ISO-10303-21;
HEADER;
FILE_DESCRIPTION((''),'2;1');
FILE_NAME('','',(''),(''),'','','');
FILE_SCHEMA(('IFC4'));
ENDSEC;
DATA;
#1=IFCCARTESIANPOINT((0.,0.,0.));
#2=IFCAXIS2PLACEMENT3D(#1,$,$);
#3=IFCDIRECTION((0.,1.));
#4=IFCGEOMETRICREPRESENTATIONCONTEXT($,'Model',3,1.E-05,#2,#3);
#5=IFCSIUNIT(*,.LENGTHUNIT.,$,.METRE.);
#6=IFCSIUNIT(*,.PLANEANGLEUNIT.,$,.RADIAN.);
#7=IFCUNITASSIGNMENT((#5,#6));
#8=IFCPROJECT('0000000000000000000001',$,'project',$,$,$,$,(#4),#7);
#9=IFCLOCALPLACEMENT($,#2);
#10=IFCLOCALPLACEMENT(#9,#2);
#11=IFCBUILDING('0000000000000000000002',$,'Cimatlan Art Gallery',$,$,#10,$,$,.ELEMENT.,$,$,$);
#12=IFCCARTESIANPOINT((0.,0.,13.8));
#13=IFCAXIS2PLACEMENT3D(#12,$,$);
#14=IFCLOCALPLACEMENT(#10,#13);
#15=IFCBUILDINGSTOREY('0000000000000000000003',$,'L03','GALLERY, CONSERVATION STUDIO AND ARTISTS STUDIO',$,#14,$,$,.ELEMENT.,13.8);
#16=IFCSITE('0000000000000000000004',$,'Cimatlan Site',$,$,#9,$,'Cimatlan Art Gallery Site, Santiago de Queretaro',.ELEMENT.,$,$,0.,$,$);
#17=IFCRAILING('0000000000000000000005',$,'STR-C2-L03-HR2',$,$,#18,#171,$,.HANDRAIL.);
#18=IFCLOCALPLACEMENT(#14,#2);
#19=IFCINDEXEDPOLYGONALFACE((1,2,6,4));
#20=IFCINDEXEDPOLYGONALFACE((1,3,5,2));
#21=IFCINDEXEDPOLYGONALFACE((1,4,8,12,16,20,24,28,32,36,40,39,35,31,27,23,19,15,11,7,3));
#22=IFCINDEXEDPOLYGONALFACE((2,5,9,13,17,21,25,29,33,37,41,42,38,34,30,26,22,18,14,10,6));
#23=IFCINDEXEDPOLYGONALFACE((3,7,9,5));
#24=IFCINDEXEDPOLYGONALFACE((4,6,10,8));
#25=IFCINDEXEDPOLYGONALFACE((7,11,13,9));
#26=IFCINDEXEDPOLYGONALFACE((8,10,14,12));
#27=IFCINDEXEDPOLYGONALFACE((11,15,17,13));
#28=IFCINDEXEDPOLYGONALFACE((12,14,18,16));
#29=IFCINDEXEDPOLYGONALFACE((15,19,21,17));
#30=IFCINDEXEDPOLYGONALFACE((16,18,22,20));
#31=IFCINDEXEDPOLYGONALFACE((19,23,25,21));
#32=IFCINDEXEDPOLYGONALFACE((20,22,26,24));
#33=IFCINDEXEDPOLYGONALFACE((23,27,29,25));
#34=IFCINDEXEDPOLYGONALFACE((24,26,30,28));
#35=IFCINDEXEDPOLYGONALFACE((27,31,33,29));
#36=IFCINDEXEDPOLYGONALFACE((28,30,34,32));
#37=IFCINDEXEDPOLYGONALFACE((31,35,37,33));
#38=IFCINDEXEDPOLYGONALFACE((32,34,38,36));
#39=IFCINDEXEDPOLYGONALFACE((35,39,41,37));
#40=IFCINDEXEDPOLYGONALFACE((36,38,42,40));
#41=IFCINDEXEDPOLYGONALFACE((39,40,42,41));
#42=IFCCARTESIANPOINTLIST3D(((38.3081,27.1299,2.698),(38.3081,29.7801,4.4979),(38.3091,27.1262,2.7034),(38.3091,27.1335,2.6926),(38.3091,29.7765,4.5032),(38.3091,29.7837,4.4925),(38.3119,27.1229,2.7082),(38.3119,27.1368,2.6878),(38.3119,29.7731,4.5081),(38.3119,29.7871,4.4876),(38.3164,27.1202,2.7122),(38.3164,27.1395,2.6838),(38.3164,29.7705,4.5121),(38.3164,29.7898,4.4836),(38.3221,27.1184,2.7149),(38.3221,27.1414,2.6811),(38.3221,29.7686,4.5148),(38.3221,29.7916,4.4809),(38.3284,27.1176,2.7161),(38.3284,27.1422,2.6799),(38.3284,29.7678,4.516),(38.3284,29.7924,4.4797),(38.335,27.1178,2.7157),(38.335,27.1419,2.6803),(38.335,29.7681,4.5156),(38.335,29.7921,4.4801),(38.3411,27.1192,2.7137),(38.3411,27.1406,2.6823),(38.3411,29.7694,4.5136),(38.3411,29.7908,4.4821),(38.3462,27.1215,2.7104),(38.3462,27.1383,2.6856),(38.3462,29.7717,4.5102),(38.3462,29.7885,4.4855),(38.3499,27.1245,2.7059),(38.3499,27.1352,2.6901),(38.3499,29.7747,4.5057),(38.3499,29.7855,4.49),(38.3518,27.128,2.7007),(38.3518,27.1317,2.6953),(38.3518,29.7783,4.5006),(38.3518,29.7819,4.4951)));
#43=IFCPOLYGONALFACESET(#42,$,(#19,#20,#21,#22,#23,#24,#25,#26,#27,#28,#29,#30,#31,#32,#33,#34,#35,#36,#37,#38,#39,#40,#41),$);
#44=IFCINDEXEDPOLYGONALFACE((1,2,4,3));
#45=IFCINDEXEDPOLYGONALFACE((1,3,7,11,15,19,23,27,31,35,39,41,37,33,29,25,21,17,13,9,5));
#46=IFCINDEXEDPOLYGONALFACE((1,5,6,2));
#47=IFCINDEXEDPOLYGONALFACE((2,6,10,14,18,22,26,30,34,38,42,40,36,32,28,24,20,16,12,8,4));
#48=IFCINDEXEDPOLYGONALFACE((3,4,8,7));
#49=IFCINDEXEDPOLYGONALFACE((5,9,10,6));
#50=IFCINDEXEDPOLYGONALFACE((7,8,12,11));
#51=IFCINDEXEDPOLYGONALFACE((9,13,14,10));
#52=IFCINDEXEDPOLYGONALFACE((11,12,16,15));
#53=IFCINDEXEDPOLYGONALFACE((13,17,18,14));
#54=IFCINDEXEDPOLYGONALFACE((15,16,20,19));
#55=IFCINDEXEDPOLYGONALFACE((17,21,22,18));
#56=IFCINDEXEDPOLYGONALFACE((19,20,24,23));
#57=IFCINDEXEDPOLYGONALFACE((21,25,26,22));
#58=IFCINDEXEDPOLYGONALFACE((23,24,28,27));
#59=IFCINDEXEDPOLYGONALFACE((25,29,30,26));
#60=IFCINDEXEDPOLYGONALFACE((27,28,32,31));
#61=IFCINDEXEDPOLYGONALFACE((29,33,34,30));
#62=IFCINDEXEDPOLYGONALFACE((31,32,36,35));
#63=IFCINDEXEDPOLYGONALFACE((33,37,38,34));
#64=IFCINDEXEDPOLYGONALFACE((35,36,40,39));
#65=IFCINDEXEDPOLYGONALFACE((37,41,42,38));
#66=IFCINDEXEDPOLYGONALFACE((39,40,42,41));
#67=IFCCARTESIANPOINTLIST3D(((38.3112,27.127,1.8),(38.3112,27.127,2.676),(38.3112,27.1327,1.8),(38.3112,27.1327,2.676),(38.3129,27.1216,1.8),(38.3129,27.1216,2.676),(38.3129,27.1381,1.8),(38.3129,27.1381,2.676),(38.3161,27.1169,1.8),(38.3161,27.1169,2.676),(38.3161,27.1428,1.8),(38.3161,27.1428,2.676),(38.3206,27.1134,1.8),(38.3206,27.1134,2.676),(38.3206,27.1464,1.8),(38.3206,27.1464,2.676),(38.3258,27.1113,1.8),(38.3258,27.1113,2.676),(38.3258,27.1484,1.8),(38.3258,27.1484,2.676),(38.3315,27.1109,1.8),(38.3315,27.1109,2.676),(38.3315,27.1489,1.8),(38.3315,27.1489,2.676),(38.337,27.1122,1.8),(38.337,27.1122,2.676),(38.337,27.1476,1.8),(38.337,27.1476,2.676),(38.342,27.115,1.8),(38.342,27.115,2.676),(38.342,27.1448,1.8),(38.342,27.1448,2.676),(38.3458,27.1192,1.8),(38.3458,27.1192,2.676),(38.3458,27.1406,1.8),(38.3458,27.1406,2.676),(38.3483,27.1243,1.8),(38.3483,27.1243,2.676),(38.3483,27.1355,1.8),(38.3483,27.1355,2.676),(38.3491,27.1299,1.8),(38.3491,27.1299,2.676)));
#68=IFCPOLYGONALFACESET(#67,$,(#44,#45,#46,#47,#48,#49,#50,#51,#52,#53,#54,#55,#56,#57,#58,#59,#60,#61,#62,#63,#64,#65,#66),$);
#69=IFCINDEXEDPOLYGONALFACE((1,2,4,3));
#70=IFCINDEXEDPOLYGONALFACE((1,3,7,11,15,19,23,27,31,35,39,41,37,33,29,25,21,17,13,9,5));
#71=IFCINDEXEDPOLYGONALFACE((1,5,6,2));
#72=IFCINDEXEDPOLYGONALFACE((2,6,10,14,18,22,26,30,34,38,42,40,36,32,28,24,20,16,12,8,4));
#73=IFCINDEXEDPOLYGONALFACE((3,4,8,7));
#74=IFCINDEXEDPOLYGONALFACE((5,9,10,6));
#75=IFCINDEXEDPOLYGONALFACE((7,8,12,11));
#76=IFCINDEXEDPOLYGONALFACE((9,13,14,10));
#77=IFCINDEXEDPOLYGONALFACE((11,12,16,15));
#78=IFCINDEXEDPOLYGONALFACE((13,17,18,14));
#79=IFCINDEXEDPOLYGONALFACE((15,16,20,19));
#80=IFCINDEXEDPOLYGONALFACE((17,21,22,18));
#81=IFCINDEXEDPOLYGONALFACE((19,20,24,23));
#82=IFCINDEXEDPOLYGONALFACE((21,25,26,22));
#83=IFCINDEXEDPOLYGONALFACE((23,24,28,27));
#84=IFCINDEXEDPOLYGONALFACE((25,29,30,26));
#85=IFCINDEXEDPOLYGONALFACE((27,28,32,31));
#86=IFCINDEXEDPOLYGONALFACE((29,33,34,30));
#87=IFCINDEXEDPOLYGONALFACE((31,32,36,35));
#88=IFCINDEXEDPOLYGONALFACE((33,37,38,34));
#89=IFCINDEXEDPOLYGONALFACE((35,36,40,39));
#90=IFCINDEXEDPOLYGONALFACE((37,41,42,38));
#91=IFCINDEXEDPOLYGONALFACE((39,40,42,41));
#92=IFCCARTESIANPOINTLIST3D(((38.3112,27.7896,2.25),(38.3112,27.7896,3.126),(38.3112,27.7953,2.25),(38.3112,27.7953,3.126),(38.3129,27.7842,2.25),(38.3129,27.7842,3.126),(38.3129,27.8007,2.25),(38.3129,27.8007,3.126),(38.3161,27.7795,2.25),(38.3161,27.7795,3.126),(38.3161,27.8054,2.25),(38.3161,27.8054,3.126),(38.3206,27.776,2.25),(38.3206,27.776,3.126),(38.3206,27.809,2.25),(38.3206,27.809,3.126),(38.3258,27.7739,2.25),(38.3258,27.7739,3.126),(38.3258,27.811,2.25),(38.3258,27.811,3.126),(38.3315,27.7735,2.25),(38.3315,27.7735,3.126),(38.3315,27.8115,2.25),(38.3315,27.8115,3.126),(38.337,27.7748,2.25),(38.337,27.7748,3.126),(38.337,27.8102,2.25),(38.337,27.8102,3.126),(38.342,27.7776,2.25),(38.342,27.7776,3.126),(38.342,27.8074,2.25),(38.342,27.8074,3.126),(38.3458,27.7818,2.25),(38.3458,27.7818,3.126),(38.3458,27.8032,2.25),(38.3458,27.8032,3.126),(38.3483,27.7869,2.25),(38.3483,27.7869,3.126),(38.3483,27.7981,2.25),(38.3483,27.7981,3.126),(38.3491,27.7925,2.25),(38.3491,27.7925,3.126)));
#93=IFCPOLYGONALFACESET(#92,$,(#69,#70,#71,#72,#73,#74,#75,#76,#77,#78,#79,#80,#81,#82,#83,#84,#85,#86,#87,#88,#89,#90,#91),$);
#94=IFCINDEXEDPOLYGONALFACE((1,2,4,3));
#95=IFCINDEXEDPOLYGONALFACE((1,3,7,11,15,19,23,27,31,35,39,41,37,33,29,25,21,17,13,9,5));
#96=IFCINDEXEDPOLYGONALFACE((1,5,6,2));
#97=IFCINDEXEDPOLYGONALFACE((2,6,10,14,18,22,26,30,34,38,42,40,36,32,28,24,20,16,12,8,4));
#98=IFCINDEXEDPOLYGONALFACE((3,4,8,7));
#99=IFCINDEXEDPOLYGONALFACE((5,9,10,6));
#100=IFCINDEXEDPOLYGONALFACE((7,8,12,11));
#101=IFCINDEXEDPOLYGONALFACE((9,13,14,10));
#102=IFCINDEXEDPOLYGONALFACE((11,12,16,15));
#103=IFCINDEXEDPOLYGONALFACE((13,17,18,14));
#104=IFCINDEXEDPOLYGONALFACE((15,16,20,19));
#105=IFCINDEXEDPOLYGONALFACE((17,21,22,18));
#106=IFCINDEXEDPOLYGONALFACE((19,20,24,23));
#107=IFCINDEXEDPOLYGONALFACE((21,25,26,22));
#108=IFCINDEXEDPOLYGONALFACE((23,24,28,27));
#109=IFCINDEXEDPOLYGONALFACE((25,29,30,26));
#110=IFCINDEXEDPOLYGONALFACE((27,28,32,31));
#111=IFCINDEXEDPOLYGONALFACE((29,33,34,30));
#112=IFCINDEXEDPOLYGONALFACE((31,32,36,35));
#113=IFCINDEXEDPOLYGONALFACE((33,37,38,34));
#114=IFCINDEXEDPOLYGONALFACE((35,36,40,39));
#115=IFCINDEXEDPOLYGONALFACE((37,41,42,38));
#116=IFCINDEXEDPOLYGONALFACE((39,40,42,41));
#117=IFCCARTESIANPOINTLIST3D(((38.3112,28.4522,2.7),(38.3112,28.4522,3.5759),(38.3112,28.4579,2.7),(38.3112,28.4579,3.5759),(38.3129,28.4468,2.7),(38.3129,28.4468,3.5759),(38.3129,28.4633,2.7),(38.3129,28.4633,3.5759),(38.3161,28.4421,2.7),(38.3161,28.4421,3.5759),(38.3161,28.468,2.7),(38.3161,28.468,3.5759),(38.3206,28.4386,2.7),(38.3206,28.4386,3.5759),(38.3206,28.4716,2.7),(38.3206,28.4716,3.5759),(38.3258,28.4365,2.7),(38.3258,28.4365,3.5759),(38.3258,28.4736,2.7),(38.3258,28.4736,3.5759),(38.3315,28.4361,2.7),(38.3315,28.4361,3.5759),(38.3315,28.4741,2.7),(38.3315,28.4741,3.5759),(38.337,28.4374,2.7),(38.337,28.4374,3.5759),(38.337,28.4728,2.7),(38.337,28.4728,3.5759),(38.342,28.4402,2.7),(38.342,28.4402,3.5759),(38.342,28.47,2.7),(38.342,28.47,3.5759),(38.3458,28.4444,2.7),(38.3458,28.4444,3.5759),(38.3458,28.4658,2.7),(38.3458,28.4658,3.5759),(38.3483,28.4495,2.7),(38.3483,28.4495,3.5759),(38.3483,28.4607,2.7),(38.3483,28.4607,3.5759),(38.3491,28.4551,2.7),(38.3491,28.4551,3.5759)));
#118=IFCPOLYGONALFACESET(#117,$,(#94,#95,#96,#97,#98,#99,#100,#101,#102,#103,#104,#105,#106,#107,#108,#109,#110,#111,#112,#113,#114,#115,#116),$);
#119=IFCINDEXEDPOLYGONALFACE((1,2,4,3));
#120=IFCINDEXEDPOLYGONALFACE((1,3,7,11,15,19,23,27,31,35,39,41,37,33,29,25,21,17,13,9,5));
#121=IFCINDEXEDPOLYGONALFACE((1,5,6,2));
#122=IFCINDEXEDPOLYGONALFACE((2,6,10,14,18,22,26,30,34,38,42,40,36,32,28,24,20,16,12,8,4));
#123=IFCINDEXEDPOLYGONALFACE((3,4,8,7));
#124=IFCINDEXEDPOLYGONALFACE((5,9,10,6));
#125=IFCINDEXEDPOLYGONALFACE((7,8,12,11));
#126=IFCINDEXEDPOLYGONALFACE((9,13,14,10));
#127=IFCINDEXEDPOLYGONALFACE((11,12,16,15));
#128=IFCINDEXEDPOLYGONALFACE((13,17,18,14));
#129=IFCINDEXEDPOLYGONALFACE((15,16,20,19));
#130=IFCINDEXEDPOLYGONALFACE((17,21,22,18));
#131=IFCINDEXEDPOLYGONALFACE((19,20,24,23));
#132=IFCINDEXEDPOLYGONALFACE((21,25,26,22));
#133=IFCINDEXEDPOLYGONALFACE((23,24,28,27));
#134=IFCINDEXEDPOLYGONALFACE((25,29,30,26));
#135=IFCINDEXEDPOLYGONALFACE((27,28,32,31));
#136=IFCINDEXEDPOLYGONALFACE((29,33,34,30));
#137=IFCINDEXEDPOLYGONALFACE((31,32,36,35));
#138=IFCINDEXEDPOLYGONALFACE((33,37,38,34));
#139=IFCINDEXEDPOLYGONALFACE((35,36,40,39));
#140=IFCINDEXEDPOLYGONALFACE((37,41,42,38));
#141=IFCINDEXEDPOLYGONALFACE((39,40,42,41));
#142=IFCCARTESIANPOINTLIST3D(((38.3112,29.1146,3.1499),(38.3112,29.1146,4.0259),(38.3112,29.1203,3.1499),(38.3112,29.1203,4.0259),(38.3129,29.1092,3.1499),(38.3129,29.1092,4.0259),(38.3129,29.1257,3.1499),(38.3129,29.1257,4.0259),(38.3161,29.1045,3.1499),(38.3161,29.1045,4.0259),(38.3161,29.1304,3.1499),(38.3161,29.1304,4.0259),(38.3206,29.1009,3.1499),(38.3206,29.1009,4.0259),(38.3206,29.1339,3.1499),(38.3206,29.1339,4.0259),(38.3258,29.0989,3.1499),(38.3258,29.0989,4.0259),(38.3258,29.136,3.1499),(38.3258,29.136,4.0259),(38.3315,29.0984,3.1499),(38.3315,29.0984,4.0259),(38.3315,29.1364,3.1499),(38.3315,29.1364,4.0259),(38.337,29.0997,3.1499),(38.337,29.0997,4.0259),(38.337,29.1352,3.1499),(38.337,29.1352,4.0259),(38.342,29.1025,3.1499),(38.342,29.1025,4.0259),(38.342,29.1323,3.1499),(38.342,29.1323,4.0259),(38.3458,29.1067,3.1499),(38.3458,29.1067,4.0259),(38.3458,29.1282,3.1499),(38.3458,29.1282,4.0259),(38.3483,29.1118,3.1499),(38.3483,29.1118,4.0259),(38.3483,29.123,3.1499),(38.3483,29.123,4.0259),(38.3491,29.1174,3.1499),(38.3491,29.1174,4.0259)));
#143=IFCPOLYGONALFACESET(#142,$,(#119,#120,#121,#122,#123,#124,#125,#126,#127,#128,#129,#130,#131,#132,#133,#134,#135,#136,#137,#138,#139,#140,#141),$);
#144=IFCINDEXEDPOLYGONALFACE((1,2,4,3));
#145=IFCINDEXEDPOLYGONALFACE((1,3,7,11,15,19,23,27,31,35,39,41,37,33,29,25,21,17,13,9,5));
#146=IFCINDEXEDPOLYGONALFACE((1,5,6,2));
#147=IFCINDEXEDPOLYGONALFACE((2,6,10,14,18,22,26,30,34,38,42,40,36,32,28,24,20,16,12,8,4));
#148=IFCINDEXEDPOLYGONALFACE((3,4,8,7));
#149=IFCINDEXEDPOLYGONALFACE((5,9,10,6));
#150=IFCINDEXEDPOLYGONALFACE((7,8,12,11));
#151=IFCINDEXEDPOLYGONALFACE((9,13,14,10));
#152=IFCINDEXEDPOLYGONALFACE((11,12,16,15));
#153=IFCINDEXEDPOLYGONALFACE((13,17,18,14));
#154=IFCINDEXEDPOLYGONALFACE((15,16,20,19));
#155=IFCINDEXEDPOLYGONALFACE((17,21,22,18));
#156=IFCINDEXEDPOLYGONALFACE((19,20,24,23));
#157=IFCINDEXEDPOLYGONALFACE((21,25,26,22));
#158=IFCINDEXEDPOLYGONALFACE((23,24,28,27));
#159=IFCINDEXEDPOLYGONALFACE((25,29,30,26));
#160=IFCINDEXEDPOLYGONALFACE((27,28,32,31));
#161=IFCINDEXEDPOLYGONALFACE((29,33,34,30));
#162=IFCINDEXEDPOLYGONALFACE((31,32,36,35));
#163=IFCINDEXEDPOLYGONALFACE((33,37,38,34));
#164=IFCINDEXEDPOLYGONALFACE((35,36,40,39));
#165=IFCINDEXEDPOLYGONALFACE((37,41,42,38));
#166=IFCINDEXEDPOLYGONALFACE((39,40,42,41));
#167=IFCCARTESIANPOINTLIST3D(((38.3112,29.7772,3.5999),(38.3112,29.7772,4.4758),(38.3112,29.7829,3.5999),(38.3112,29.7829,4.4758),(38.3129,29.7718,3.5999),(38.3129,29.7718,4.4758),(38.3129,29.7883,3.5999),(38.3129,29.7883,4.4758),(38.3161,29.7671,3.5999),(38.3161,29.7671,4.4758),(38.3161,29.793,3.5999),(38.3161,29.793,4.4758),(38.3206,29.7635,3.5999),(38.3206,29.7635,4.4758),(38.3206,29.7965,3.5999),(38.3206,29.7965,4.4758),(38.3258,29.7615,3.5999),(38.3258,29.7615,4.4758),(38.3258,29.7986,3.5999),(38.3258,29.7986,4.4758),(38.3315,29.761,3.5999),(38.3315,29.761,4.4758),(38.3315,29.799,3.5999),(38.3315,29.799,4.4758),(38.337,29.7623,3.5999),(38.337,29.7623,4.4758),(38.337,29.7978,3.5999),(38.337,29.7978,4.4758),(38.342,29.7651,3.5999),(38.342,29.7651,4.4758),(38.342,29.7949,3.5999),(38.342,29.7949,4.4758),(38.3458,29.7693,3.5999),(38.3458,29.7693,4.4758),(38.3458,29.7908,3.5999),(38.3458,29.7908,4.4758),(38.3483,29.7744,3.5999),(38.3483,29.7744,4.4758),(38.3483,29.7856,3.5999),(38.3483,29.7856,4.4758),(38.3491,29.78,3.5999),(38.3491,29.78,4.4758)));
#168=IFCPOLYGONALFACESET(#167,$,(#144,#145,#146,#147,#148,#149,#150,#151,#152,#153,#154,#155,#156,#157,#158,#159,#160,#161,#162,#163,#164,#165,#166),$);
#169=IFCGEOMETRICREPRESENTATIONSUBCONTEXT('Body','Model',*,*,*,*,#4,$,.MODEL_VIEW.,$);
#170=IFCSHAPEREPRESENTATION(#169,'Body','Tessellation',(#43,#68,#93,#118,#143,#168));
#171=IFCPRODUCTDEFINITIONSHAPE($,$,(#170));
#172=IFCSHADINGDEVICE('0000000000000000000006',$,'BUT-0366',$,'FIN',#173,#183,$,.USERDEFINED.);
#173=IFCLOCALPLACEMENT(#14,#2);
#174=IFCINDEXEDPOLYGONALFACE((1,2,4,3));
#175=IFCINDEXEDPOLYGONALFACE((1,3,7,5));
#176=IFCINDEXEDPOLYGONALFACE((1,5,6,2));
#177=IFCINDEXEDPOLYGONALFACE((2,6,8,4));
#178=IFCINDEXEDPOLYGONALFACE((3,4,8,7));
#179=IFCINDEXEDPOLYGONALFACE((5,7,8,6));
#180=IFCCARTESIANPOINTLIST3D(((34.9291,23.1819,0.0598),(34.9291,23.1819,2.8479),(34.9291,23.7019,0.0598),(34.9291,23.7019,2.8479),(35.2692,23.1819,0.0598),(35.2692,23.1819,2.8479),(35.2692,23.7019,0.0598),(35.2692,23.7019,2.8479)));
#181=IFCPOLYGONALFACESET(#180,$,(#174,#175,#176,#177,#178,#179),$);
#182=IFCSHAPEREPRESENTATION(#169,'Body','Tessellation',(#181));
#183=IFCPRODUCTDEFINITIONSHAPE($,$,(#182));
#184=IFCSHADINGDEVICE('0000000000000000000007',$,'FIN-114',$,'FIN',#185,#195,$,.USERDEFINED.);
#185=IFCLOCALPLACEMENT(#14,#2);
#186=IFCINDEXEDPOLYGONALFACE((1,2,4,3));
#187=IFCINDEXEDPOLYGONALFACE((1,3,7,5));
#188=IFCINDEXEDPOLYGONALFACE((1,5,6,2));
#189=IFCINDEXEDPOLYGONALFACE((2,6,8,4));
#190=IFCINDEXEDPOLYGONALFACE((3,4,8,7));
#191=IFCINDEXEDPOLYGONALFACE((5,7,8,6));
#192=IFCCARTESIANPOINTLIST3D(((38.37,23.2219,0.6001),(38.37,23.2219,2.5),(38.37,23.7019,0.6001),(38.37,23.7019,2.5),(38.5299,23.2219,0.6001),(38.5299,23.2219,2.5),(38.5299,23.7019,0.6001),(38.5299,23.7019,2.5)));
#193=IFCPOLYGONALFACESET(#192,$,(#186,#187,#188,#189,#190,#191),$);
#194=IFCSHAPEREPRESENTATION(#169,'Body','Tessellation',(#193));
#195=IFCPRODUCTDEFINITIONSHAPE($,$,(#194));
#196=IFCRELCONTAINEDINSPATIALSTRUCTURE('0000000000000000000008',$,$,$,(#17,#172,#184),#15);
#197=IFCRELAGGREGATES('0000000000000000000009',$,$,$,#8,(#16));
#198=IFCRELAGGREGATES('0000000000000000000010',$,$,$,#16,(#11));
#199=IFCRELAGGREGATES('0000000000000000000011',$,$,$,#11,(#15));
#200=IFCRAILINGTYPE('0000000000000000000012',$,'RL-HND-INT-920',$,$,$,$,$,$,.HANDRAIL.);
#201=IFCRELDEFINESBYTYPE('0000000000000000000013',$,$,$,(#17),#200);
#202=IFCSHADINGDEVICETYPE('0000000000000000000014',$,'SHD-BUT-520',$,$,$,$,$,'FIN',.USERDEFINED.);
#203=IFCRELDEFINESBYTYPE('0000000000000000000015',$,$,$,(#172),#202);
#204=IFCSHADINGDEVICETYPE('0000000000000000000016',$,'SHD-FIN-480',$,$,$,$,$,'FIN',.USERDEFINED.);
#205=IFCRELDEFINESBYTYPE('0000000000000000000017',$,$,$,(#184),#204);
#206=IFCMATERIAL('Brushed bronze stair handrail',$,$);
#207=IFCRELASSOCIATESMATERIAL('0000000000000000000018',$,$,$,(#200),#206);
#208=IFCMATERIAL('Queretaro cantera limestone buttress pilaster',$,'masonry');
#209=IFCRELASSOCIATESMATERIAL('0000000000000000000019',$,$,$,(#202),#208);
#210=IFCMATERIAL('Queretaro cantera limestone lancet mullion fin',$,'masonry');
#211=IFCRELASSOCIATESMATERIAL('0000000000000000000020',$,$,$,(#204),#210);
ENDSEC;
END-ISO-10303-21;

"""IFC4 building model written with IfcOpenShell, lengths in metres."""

from ifc_helpers import new_model, si_unit, direction, frame, origin, origin_2d, place, context, subcontext, project, spatial, rectangle, circle, extrude, material, type_object, element, save


model = new_model("IFC4")

# Units and contexts
model_context = context("Model", 3, precision=1e-05, world=origin(), true_north=direction((0.0, 1.0)))
body_context = subcontext(model_context, "Body", "Model", "MODEL_VIEW")
ifc_project = project(units=[si_unit("LENGTHUNIT", "METRE"), si_unit("PLANEANGLEUNIT", "RADIAN")], contexts=[model_context])

# Site, building, storey
site_placement = place(None, origin())
site = spatial("IfcSite", under=ifc_project, at=site_placement, Name="Cimatlan Site", LongName="Cimatlan Art Gallery Site, Santiago de Queretaro", CompositionType="ELEMENT", RefElevation=0.0)
building_placement = place(site_placement, origin())
building = spatial("IfcBuilding", under=site, at=building_placement, Name="Cimatlan Art Gallery", CompositionType="ELEMENT")
storey_placement = place(building_placement, frame((0.0, 0.0, 13.8)))
storey = spatial("IfcBuildingStorey", under=building, at=storey_placement, Name="L03", Description="GALLERY, CONSERVATION STUDIO AND ARTISTS STUDIO", CompositionType="ELEMENT", Elevation=13.8)

# Railing
ifc_material_1 = material(Name="Brushed bronze stair handrail")
railing_type_1 = type_object("IfcRailingType", Name="RL-HND-INT-920", PredefinedType="HANDRAIL", material=ifc_material_1)
railing_1_placement = place(storey_placement, frame((38.3301, 27.1299, 1.8)))
element("IfcRailing", 1, at=railing_1_placement, inside=storey, type_object=railing_type_1, Name="STR-C2-L03-HR2", PredefinedType="HANDRAIL", context=body_context, shape_type="SweptSolid", body=[
    extrude(circle(Radius=0.022, at=origin_2d()), frame((0.0, 0.0, 0.8979), z_axis=(0.0, 0.827259, 0.56182), x_axis=(-1.0, 0.0, 0.0)), (0.0, 0.0, 1.0), 3.2036),
    extrude(circle(Radius=0.019, at=origin_2d()), origin(), (0.0, 0.0, 1.0), 0.876),
    extrude(circle(Radius=0.019, at=origin_2d()), frame((0.0, 0.6626, 0.45)), (0.0, 0.0, 1.0), 0.876),
    extrude(circle(Radius=0.019, at=origin_2d()), frame((0.0, 1.3252, 0.8999)), (0.0, 0.0, 1.0), 0.876),
    extrude(circle(Radius=0.019, at=origin_2d()), frame((0.0, 1.9875, 1.3499)), (0.0, 0.0, 1.0), 0.876),
    extrude(circle(Radius=0.019, at=origin_2d()), frame((0.0, 2.6501, 1.7998)), (0.0, 0.0, 1.0), 0.876),
])

# Shading devices
ifc_material_2 = material(Name="Queretaro cantera limestone buttress pilaster", Category="masonry")
shading_device_type_1 = type_object("IfcShadingDeviceType", Name="SHD-BUT-520", ElementType="FIN", PredefinedType="USERDEFINED", material=ifc_material_2)
shading_device_1_placement = place(storey_placement, frame((35.0991, 23.4419, 0.0598), z_axis=(0.0, 0.0, 1.0), x_axis=(-1.0, 0.0, 0.0)))
element("IfcShadingDevice", 2, at=shading_device_1_placement, inside=storey, type_object=shading_device_type_1, Name="BUT-0366", ObjectType="FIN", PredefinedType="USERDEFINED", context=body_context, shape_type="SweptSolid", body=[
    extrude(rectangle(XDim=0.3401, YDim=0.52, at=origin_2d()), origin(), (0.0, 0.0, 1.0), 2.7881),
])
ifc_material_3 = material(Name="Queretaro cantera limestone lancet mullion fin", Category="masonry")
shading_device_type_2 = type_object("IfcShadingDeviceType", Name="SHD-FIN-480", ElementType="FIN", PredefinedType="USERDEFINED", material=ifc_material_3)
shading_device_2_placement = place(storey_placement, frame((38.45, 23.4619, 0.6001), z_axis=(0.0, 0.0, 1.0), x_axis=(-1.0, 0.0, 0.0)))
element("IfcShadingDevice", 3, at=shading_device_2_placement, inside=storey, type_object=shading_device_type_2, Name="FIN-114", ObjectType="FIN", PredefinedType="USERDEFINED", context=body_context, shape_type="SweptSolid", body=[
    extrude(rectangle(XDim=0.1599, YDim=0.48, at=origin_2d()), origin(), (0.0, 0.0, 1.0), 1.8999),
])

save(model, "model.ifc")
